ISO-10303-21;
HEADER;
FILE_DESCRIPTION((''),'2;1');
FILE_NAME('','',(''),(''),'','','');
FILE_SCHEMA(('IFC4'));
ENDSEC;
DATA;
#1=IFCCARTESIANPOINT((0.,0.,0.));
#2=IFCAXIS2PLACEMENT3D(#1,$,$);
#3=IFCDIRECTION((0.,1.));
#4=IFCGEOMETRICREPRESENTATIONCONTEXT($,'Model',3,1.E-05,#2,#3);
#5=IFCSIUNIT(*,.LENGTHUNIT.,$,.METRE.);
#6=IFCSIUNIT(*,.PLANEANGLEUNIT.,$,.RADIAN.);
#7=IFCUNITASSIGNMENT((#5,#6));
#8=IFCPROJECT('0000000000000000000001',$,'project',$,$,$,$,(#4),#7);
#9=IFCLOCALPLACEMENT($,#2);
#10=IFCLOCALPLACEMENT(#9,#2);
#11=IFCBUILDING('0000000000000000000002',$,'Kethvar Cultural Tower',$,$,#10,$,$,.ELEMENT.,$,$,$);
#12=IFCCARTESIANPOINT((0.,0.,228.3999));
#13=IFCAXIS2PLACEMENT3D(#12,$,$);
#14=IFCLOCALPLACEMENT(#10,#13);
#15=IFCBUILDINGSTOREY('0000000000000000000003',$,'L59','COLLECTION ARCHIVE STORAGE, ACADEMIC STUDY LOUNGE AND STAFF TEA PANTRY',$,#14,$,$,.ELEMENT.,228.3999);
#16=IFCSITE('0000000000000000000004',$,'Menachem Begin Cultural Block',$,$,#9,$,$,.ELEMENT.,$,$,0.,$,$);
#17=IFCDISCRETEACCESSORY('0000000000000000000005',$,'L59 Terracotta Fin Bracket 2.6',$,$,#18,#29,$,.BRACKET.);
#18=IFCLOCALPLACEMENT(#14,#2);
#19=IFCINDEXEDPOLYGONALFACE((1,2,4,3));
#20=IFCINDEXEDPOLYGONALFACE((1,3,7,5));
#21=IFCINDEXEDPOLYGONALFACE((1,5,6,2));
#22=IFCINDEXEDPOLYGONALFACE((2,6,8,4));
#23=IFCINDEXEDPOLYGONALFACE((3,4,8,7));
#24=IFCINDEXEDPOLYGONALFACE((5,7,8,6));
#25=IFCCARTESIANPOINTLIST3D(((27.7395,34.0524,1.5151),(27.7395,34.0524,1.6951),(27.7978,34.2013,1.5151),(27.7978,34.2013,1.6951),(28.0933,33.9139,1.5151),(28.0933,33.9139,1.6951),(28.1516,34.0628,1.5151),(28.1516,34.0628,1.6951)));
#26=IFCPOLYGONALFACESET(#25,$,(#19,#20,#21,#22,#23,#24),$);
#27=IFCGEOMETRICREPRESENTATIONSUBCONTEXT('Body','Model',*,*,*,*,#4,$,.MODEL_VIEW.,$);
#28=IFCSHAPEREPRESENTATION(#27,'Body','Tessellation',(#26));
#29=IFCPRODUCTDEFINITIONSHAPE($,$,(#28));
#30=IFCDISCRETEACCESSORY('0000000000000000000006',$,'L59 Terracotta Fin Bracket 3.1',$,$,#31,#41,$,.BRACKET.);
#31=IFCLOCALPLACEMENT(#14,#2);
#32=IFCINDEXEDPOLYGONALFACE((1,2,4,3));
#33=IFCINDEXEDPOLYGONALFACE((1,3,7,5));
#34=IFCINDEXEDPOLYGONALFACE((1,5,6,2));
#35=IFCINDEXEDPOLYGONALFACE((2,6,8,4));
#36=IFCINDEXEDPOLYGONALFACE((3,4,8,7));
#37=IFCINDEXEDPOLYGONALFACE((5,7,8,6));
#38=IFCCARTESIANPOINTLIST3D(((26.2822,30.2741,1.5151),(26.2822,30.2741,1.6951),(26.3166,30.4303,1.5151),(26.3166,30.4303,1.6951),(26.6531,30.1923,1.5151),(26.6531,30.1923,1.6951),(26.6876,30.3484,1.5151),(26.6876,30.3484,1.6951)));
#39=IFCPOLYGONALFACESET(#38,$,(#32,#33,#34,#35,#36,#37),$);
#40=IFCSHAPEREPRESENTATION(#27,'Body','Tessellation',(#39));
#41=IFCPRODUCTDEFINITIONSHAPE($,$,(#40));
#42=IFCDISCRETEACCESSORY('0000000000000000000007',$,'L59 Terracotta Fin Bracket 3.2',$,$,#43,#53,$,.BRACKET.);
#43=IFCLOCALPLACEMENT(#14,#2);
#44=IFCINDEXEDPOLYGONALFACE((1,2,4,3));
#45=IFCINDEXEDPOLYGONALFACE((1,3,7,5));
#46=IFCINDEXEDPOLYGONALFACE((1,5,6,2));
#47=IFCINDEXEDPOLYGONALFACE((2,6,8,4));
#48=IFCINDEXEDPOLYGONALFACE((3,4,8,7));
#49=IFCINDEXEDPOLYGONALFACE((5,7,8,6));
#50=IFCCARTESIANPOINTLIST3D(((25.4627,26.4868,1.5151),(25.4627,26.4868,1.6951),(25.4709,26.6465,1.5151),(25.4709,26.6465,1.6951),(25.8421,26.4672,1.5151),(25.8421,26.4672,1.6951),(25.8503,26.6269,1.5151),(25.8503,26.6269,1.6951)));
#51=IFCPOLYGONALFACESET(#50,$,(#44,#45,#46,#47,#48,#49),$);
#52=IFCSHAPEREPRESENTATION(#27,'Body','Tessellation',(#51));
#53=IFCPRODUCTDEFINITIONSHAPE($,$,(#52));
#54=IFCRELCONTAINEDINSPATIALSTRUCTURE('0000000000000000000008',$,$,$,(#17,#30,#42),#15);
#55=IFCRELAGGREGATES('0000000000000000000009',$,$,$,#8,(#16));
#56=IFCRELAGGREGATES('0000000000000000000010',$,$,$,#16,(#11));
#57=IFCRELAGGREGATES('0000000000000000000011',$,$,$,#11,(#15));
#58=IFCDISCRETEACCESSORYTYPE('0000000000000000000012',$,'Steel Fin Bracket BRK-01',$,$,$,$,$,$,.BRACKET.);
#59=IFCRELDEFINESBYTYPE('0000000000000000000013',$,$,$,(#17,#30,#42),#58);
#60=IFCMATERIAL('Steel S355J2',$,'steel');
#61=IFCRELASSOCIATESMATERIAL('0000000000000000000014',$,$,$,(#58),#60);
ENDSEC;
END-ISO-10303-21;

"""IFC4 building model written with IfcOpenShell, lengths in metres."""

from ifc_helpers import new_model, si_unit, direction, frame, origin, origin_2d, place, context, subcontext, project, spatial, rectangle, extrude, source, transform, mapped, material, type_object, element, save


model = new_model("IFC4")

# Units and contexts
model_context = context("Model", 3, precision=1e-05, world=origin(), true_north=direction((0.0, 1.0)))
body_context = subcontext(model_context, "Body", "Model", "MODEL_VIEW")
ifc_project = project(units=[si_unit("LENGTHUNIT", "METRE"), si_unit("PLANEANGLEUNIT", "RADIAN")], contexts=[model_context])

# Site, building, storey
site_placement = place(None, origin())
site = spatial("IfcSite", under=ifc_project, at=site_placement, Name="Menachem Begin Cultural Block", CompositionType="ELEMENT", RefElevation=0.0)
building_placement = place(site_placement, origin())
building = spatial("IfcBuilding", under=site, at=building_placement, Name="Kethvar Cultural Tower", CompositionType="ELEMENT")
storey_placement = place(building_placement, frame((0.0, 0.0, 228.3999)))
storey = spatial("IfcBuildingStorey", under=building, at=storey_placement, Name="L59", Description="COLLECTION ARCHIVE STORAGE, ACADEMIC STUDY LOUNGE AND STAFF TEA PANTRY", CompositionType="ELEMENT", Elevation=228.3999)

# Shared definitions
ifc_material_1 = material(Name="Steel S355J2", Category="steel")

# Discrete accessories
discrete_accessory_type = type_object("IfcDiscreteAccessoryType", Name="Steel Fin Bracket BRK-01", PredefinedType="BRACKET", material=ifc_material_1)
shared_shape_1 = source(origin(), body_context, "Body", "SweptSolid", [
    extrude(rectangle(XDim=0.3799, YDim=0.1599, at=origin_2d()), origin(), (0.0, 0.0, 1.0), 0.1799),
])
for number, where, z_axis, x_axis, name in (
    (1, (27.9456, 34.0576, 1.5151), (0.0, 0.0, 1.0), (-0.931183, 0.364552, 0.0), "L59 Terracotta Fin Bracket 2.6"),
    (2, (26.4849, 30.3113, 1.5151), (0.0, 0.0, 1.0), (-0.976522, 0.215417, 0.0), "L59 Terracotta Fin Bracket 3.1"),
    (3, (25.6565, 26.5569, 1.5151), (0.0, 0.0, 1.0), (-0.998666, 0.051639, 0.0), "L59 Terracotta Fin Bracket 3.2"),
):
    element("IfcDiscreteAccessory", number, at=place(storey_placement, frame(where, z_axis=z_axis, x_axis=x_axis)), inside=storey, type_object=discrete_accessory_type, Name=name, PredefinedType="BRACKET", context=body_context, shape_type="MappedRepresentation", body=[
        mapped(shared_shape_1, transform((0.0, 0.0, 0.0), scale=1.0)),
    ])

save(model, "model.ifc")
